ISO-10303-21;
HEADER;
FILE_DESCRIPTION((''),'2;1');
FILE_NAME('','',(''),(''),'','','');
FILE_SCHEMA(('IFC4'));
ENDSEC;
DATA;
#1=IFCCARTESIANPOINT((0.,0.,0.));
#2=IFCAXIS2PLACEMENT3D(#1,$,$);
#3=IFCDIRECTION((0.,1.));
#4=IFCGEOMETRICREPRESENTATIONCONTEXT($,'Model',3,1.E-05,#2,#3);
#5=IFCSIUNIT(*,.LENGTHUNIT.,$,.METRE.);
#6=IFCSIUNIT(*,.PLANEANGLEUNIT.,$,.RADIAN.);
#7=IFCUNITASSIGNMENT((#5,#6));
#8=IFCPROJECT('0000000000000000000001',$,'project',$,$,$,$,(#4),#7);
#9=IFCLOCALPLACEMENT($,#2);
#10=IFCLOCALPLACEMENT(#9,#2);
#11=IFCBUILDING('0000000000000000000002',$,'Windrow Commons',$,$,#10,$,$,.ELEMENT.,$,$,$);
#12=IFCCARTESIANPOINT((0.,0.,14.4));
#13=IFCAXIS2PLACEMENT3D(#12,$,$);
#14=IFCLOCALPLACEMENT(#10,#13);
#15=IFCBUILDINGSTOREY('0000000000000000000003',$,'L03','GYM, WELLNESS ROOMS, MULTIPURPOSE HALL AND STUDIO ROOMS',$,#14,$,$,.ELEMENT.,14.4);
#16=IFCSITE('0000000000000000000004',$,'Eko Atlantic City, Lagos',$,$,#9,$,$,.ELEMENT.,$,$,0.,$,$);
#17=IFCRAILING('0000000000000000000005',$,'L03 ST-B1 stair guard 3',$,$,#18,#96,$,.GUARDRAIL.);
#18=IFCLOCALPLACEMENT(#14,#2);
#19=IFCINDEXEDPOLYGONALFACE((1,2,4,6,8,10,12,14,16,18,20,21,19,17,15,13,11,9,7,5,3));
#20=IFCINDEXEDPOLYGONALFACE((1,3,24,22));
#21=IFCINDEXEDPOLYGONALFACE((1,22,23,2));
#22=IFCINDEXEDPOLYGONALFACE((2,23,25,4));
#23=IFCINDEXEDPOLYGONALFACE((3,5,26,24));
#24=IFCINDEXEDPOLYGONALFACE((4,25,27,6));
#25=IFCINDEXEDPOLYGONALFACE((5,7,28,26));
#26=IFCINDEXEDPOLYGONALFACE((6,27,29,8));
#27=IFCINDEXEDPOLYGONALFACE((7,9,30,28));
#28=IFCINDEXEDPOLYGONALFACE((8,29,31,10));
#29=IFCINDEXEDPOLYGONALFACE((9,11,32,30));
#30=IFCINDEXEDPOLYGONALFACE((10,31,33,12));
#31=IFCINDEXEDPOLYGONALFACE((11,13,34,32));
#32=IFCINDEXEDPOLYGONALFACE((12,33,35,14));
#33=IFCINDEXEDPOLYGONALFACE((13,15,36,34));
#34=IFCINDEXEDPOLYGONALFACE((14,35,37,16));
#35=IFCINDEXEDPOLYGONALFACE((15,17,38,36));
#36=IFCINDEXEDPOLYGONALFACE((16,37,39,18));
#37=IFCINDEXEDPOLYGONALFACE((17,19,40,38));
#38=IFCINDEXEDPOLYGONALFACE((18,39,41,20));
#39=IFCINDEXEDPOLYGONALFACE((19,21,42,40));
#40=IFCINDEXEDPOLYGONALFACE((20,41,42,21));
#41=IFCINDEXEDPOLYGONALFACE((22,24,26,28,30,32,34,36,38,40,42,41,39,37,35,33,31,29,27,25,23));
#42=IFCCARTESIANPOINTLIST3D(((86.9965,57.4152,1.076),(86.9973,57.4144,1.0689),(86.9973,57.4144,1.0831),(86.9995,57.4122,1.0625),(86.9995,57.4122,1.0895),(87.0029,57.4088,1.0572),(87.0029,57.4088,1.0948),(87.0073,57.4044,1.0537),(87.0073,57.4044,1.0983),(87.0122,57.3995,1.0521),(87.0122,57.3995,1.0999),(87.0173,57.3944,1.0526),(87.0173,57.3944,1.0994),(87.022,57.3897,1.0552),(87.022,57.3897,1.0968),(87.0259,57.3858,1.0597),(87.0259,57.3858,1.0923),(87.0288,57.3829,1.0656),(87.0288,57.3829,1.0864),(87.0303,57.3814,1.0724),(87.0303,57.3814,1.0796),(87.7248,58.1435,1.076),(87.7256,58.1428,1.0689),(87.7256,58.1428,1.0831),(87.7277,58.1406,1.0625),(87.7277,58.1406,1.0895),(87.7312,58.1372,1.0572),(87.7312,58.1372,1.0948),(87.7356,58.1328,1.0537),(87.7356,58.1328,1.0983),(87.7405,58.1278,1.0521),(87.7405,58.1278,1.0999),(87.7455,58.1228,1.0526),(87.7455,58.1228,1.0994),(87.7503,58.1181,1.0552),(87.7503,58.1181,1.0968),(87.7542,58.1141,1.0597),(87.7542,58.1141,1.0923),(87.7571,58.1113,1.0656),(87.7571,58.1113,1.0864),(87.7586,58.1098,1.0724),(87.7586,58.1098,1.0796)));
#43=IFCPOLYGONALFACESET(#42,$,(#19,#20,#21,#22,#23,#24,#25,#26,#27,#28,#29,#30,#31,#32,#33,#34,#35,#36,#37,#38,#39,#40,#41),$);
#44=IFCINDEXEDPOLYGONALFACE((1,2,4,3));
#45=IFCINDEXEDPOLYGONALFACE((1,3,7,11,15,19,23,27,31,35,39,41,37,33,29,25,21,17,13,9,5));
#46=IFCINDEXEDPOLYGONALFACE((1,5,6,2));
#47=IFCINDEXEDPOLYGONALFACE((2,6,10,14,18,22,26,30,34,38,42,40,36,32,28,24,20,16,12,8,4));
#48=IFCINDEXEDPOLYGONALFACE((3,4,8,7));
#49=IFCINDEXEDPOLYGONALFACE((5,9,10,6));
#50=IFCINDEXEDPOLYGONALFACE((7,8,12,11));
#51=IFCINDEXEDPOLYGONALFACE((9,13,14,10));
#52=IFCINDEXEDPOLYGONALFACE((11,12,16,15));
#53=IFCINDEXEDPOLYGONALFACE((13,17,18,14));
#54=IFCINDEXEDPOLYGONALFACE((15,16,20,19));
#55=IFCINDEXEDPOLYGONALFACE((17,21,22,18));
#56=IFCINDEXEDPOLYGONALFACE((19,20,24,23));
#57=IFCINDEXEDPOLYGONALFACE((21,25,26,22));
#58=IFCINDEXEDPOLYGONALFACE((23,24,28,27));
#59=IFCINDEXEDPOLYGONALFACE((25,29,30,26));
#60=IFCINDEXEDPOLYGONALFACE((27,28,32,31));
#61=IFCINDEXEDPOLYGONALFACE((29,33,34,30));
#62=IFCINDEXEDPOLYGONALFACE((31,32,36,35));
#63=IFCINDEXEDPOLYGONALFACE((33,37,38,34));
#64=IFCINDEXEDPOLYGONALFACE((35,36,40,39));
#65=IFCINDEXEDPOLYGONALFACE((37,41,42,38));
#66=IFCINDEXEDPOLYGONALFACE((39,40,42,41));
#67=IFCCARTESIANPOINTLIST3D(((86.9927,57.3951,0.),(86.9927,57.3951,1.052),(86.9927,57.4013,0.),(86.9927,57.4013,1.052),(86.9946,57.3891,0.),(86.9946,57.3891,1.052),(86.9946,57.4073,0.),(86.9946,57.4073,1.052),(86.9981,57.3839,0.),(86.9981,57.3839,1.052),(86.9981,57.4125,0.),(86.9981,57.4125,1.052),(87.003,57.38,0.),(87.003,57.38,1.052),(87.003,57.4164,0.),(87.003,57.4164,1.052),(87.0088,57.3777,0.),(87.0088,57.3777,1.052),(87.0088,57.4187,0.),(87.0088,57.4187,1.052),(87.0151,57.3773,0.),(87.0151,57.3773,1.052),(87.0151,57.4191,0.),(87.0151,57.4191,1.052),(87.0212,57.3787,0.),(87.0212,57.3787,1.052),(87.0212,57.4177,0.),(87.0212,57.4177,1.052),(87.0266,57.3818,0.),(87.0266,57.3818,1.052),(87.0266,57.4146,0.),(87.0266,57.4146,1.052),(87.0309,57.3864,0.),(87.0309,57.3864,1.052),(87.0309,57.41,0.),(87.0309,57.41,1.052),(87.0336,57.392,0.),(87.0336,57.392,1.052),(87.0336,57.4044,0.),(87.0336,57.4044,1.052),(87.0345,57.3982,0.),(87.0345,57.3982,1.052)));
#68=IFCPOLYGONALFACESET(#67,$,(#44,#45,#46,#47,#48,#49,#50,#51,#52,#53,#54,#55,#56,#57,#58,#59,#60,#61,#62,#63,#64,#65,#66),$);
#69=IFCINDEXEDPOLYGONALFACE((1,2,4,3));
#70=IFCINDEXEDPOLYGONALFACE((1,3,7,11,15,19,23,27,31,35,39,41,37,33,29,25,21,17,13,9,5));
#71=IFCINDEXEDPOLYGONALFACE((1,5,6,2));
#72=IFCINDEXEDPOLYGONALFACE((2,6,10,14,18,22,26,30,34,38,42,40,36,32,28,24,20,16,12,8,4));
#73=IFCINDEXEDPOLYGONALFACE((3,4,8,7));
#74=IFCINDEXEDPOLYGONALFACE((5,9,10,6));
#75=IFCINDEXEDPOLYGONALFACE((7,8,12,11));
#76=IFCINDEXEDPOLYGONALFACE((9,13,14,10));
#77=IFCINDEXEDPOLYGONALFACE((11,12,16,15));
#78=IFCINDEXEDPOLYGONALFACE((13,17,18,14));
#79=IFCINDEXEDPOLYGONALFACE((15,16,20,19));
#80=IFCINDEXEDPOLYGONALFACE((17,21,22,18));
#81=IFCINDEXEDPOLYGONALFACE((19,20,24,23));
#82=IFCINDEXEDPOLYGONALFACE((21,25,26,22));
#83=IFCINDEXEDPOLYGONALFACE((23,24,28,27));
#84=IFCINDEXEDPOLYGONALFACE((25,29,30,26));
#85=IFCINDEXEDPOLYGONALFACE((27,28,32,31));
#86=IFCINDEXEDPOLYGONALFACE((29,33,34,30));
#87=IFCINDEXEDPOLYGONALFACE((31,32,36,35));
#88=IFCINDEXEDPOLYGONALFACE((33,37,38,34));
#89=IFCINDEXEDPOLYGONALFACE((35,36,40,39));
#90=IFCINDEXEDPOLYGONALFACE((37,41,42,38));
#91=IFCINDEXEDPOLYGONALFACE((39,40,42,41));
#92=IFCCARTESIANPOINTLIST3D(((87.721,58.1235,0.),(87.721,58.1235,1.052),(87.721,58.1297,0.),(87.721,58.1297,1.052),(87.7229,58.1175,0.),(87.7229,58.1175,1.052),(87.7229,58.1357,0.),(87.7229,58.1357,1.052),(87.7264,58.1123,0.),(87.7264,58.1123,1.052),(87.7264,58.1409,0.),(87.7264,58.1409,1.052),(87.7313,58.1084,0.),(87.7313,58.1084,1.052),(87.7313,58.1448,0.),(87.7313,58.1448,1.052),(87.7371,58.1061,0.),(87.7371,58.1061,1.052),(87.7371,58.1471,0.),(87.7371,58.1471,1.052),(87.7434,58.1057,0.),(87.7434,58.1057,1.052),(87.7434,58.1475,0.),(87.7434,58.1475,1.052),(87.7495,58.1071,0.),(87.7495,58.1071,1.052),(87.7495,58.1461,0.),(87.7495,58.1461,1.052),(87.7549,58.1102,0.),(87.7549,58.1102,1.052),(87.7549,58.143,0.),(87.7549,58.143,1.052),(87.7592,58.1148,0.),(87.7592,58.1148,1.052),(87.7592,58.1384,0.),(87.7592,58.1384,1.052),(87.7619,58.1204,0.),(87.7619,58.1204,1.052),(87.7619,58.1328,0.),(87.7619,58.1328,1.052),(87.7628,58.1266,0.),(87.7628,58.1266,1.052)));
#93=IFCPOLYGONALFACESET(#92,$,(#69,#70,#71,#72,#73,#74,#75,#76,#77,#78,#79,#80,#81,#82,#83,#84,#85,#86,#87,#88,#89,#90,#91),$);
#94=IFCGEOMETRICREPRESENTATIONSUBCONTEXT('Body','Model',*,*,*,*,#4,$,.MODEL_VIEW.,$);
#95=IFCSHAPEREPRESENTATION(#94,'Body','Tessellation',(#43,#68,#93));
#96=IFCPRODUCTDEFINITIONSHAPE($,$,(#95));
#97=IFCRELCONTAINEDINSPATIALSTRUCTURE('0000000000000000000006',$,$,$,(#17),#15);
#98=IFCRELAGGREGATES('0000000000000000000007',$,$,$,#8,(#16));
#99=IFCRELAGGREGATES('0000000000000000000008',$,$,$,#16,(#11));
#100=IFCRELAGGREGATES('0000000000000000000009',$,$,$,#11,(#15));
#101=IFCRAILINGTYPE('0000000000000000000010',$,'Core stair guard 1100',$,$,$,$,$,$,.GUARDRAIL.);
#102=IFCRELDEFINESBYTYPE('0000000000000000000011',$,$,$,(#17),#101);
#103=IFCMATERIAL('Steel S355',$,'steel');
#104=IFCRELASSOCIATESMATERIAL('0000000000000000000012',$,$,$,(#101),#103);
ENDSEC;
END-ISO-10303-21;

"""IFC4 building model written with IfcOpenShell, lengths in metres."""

from ifc_helpers import new_model, si_unit, direction, frame, origin, origin_2d, place, context, subcontext, project, spatial, circle, extrude, material, type_object, element, save


model = new_model("IFC4")

# Units and contexts
model_context = context("Model", 3, precision=1e-05, world=origin(), true_north=direction((0.0, 1.0)))
body_context = subcontext(model_context, "Body", "Model", "MODEL_VIEW")
ifc_project = project(units=[si_unit("LENGTHUNIT", "METRE"), si_unit("PLANEANGLEUNIT", "RADIAN")], contexts=[model_context])

# Site, building, storey
site_placement = place(None, origin())
site = spatial("IfcSite", under=ifc_project, at=site_placement, Name="Eko Atlantic City, Lagos", CompositionType="ELEMENT", RefElevation=0.0)
building_placement = place(site_placement, origin())
building = spatial("IfcBuilding", under=site, at=building_placement, Name="Windrow Commons", CompositionType="ELEMENT")
storey_placement = place(building_placement, frame((0.0, 0.0, 14.4)))
storey = spatial("IfcBuildingStorey", under=building, at=storey_placement, Name="L03", Description="GYM, WELLNESS ROOMS, MULTIPURPOSE HALL AND STUDIO ROOMS", CompositionType="ELEMENT", Elevation=14.4)

# Railing
ifc_material_1 = material(Name="Steel S355", Category="steel")
railing_type = type_object("IfcRailingType", Name="Core stair guard 1100", PredefinedType="GUARDRAIL", material=ifc_material_1)
railing_1_placement = place(storey_placement, frame((87.0135, 57.3982, 0.0)))
element("IfcRailing", 1, at=railing_1_placement, inside=storey, type_object=railing_type, Name="L03 ST-B1 stair guard 3", PredefinedType="GUARDRAIL", context=body_context, shape_type="SweptSolid", body=[
    extrude(circle(Radius=0.024, at=origin_2d()), frame((0.0, 0.0, 1.076), z_axis=(0.707058, 0.707155, 0.0), x_axis=(-0.707155, 0.707058, 0.0)), (0.0, 0.0, 1.0), 1.03),
    extrude(circle(Radius=0.021, at=origin_2d()), origin(), (0.0, 0.0, 1.0), 1.052),
    extrude(circle(Radius=0.021, at=origin_2d()), frame((0.7283, 0.7284, 0.0)), (0.0, 0.0, 1.0), 1.052),
])

save(model, "model.ifc")
